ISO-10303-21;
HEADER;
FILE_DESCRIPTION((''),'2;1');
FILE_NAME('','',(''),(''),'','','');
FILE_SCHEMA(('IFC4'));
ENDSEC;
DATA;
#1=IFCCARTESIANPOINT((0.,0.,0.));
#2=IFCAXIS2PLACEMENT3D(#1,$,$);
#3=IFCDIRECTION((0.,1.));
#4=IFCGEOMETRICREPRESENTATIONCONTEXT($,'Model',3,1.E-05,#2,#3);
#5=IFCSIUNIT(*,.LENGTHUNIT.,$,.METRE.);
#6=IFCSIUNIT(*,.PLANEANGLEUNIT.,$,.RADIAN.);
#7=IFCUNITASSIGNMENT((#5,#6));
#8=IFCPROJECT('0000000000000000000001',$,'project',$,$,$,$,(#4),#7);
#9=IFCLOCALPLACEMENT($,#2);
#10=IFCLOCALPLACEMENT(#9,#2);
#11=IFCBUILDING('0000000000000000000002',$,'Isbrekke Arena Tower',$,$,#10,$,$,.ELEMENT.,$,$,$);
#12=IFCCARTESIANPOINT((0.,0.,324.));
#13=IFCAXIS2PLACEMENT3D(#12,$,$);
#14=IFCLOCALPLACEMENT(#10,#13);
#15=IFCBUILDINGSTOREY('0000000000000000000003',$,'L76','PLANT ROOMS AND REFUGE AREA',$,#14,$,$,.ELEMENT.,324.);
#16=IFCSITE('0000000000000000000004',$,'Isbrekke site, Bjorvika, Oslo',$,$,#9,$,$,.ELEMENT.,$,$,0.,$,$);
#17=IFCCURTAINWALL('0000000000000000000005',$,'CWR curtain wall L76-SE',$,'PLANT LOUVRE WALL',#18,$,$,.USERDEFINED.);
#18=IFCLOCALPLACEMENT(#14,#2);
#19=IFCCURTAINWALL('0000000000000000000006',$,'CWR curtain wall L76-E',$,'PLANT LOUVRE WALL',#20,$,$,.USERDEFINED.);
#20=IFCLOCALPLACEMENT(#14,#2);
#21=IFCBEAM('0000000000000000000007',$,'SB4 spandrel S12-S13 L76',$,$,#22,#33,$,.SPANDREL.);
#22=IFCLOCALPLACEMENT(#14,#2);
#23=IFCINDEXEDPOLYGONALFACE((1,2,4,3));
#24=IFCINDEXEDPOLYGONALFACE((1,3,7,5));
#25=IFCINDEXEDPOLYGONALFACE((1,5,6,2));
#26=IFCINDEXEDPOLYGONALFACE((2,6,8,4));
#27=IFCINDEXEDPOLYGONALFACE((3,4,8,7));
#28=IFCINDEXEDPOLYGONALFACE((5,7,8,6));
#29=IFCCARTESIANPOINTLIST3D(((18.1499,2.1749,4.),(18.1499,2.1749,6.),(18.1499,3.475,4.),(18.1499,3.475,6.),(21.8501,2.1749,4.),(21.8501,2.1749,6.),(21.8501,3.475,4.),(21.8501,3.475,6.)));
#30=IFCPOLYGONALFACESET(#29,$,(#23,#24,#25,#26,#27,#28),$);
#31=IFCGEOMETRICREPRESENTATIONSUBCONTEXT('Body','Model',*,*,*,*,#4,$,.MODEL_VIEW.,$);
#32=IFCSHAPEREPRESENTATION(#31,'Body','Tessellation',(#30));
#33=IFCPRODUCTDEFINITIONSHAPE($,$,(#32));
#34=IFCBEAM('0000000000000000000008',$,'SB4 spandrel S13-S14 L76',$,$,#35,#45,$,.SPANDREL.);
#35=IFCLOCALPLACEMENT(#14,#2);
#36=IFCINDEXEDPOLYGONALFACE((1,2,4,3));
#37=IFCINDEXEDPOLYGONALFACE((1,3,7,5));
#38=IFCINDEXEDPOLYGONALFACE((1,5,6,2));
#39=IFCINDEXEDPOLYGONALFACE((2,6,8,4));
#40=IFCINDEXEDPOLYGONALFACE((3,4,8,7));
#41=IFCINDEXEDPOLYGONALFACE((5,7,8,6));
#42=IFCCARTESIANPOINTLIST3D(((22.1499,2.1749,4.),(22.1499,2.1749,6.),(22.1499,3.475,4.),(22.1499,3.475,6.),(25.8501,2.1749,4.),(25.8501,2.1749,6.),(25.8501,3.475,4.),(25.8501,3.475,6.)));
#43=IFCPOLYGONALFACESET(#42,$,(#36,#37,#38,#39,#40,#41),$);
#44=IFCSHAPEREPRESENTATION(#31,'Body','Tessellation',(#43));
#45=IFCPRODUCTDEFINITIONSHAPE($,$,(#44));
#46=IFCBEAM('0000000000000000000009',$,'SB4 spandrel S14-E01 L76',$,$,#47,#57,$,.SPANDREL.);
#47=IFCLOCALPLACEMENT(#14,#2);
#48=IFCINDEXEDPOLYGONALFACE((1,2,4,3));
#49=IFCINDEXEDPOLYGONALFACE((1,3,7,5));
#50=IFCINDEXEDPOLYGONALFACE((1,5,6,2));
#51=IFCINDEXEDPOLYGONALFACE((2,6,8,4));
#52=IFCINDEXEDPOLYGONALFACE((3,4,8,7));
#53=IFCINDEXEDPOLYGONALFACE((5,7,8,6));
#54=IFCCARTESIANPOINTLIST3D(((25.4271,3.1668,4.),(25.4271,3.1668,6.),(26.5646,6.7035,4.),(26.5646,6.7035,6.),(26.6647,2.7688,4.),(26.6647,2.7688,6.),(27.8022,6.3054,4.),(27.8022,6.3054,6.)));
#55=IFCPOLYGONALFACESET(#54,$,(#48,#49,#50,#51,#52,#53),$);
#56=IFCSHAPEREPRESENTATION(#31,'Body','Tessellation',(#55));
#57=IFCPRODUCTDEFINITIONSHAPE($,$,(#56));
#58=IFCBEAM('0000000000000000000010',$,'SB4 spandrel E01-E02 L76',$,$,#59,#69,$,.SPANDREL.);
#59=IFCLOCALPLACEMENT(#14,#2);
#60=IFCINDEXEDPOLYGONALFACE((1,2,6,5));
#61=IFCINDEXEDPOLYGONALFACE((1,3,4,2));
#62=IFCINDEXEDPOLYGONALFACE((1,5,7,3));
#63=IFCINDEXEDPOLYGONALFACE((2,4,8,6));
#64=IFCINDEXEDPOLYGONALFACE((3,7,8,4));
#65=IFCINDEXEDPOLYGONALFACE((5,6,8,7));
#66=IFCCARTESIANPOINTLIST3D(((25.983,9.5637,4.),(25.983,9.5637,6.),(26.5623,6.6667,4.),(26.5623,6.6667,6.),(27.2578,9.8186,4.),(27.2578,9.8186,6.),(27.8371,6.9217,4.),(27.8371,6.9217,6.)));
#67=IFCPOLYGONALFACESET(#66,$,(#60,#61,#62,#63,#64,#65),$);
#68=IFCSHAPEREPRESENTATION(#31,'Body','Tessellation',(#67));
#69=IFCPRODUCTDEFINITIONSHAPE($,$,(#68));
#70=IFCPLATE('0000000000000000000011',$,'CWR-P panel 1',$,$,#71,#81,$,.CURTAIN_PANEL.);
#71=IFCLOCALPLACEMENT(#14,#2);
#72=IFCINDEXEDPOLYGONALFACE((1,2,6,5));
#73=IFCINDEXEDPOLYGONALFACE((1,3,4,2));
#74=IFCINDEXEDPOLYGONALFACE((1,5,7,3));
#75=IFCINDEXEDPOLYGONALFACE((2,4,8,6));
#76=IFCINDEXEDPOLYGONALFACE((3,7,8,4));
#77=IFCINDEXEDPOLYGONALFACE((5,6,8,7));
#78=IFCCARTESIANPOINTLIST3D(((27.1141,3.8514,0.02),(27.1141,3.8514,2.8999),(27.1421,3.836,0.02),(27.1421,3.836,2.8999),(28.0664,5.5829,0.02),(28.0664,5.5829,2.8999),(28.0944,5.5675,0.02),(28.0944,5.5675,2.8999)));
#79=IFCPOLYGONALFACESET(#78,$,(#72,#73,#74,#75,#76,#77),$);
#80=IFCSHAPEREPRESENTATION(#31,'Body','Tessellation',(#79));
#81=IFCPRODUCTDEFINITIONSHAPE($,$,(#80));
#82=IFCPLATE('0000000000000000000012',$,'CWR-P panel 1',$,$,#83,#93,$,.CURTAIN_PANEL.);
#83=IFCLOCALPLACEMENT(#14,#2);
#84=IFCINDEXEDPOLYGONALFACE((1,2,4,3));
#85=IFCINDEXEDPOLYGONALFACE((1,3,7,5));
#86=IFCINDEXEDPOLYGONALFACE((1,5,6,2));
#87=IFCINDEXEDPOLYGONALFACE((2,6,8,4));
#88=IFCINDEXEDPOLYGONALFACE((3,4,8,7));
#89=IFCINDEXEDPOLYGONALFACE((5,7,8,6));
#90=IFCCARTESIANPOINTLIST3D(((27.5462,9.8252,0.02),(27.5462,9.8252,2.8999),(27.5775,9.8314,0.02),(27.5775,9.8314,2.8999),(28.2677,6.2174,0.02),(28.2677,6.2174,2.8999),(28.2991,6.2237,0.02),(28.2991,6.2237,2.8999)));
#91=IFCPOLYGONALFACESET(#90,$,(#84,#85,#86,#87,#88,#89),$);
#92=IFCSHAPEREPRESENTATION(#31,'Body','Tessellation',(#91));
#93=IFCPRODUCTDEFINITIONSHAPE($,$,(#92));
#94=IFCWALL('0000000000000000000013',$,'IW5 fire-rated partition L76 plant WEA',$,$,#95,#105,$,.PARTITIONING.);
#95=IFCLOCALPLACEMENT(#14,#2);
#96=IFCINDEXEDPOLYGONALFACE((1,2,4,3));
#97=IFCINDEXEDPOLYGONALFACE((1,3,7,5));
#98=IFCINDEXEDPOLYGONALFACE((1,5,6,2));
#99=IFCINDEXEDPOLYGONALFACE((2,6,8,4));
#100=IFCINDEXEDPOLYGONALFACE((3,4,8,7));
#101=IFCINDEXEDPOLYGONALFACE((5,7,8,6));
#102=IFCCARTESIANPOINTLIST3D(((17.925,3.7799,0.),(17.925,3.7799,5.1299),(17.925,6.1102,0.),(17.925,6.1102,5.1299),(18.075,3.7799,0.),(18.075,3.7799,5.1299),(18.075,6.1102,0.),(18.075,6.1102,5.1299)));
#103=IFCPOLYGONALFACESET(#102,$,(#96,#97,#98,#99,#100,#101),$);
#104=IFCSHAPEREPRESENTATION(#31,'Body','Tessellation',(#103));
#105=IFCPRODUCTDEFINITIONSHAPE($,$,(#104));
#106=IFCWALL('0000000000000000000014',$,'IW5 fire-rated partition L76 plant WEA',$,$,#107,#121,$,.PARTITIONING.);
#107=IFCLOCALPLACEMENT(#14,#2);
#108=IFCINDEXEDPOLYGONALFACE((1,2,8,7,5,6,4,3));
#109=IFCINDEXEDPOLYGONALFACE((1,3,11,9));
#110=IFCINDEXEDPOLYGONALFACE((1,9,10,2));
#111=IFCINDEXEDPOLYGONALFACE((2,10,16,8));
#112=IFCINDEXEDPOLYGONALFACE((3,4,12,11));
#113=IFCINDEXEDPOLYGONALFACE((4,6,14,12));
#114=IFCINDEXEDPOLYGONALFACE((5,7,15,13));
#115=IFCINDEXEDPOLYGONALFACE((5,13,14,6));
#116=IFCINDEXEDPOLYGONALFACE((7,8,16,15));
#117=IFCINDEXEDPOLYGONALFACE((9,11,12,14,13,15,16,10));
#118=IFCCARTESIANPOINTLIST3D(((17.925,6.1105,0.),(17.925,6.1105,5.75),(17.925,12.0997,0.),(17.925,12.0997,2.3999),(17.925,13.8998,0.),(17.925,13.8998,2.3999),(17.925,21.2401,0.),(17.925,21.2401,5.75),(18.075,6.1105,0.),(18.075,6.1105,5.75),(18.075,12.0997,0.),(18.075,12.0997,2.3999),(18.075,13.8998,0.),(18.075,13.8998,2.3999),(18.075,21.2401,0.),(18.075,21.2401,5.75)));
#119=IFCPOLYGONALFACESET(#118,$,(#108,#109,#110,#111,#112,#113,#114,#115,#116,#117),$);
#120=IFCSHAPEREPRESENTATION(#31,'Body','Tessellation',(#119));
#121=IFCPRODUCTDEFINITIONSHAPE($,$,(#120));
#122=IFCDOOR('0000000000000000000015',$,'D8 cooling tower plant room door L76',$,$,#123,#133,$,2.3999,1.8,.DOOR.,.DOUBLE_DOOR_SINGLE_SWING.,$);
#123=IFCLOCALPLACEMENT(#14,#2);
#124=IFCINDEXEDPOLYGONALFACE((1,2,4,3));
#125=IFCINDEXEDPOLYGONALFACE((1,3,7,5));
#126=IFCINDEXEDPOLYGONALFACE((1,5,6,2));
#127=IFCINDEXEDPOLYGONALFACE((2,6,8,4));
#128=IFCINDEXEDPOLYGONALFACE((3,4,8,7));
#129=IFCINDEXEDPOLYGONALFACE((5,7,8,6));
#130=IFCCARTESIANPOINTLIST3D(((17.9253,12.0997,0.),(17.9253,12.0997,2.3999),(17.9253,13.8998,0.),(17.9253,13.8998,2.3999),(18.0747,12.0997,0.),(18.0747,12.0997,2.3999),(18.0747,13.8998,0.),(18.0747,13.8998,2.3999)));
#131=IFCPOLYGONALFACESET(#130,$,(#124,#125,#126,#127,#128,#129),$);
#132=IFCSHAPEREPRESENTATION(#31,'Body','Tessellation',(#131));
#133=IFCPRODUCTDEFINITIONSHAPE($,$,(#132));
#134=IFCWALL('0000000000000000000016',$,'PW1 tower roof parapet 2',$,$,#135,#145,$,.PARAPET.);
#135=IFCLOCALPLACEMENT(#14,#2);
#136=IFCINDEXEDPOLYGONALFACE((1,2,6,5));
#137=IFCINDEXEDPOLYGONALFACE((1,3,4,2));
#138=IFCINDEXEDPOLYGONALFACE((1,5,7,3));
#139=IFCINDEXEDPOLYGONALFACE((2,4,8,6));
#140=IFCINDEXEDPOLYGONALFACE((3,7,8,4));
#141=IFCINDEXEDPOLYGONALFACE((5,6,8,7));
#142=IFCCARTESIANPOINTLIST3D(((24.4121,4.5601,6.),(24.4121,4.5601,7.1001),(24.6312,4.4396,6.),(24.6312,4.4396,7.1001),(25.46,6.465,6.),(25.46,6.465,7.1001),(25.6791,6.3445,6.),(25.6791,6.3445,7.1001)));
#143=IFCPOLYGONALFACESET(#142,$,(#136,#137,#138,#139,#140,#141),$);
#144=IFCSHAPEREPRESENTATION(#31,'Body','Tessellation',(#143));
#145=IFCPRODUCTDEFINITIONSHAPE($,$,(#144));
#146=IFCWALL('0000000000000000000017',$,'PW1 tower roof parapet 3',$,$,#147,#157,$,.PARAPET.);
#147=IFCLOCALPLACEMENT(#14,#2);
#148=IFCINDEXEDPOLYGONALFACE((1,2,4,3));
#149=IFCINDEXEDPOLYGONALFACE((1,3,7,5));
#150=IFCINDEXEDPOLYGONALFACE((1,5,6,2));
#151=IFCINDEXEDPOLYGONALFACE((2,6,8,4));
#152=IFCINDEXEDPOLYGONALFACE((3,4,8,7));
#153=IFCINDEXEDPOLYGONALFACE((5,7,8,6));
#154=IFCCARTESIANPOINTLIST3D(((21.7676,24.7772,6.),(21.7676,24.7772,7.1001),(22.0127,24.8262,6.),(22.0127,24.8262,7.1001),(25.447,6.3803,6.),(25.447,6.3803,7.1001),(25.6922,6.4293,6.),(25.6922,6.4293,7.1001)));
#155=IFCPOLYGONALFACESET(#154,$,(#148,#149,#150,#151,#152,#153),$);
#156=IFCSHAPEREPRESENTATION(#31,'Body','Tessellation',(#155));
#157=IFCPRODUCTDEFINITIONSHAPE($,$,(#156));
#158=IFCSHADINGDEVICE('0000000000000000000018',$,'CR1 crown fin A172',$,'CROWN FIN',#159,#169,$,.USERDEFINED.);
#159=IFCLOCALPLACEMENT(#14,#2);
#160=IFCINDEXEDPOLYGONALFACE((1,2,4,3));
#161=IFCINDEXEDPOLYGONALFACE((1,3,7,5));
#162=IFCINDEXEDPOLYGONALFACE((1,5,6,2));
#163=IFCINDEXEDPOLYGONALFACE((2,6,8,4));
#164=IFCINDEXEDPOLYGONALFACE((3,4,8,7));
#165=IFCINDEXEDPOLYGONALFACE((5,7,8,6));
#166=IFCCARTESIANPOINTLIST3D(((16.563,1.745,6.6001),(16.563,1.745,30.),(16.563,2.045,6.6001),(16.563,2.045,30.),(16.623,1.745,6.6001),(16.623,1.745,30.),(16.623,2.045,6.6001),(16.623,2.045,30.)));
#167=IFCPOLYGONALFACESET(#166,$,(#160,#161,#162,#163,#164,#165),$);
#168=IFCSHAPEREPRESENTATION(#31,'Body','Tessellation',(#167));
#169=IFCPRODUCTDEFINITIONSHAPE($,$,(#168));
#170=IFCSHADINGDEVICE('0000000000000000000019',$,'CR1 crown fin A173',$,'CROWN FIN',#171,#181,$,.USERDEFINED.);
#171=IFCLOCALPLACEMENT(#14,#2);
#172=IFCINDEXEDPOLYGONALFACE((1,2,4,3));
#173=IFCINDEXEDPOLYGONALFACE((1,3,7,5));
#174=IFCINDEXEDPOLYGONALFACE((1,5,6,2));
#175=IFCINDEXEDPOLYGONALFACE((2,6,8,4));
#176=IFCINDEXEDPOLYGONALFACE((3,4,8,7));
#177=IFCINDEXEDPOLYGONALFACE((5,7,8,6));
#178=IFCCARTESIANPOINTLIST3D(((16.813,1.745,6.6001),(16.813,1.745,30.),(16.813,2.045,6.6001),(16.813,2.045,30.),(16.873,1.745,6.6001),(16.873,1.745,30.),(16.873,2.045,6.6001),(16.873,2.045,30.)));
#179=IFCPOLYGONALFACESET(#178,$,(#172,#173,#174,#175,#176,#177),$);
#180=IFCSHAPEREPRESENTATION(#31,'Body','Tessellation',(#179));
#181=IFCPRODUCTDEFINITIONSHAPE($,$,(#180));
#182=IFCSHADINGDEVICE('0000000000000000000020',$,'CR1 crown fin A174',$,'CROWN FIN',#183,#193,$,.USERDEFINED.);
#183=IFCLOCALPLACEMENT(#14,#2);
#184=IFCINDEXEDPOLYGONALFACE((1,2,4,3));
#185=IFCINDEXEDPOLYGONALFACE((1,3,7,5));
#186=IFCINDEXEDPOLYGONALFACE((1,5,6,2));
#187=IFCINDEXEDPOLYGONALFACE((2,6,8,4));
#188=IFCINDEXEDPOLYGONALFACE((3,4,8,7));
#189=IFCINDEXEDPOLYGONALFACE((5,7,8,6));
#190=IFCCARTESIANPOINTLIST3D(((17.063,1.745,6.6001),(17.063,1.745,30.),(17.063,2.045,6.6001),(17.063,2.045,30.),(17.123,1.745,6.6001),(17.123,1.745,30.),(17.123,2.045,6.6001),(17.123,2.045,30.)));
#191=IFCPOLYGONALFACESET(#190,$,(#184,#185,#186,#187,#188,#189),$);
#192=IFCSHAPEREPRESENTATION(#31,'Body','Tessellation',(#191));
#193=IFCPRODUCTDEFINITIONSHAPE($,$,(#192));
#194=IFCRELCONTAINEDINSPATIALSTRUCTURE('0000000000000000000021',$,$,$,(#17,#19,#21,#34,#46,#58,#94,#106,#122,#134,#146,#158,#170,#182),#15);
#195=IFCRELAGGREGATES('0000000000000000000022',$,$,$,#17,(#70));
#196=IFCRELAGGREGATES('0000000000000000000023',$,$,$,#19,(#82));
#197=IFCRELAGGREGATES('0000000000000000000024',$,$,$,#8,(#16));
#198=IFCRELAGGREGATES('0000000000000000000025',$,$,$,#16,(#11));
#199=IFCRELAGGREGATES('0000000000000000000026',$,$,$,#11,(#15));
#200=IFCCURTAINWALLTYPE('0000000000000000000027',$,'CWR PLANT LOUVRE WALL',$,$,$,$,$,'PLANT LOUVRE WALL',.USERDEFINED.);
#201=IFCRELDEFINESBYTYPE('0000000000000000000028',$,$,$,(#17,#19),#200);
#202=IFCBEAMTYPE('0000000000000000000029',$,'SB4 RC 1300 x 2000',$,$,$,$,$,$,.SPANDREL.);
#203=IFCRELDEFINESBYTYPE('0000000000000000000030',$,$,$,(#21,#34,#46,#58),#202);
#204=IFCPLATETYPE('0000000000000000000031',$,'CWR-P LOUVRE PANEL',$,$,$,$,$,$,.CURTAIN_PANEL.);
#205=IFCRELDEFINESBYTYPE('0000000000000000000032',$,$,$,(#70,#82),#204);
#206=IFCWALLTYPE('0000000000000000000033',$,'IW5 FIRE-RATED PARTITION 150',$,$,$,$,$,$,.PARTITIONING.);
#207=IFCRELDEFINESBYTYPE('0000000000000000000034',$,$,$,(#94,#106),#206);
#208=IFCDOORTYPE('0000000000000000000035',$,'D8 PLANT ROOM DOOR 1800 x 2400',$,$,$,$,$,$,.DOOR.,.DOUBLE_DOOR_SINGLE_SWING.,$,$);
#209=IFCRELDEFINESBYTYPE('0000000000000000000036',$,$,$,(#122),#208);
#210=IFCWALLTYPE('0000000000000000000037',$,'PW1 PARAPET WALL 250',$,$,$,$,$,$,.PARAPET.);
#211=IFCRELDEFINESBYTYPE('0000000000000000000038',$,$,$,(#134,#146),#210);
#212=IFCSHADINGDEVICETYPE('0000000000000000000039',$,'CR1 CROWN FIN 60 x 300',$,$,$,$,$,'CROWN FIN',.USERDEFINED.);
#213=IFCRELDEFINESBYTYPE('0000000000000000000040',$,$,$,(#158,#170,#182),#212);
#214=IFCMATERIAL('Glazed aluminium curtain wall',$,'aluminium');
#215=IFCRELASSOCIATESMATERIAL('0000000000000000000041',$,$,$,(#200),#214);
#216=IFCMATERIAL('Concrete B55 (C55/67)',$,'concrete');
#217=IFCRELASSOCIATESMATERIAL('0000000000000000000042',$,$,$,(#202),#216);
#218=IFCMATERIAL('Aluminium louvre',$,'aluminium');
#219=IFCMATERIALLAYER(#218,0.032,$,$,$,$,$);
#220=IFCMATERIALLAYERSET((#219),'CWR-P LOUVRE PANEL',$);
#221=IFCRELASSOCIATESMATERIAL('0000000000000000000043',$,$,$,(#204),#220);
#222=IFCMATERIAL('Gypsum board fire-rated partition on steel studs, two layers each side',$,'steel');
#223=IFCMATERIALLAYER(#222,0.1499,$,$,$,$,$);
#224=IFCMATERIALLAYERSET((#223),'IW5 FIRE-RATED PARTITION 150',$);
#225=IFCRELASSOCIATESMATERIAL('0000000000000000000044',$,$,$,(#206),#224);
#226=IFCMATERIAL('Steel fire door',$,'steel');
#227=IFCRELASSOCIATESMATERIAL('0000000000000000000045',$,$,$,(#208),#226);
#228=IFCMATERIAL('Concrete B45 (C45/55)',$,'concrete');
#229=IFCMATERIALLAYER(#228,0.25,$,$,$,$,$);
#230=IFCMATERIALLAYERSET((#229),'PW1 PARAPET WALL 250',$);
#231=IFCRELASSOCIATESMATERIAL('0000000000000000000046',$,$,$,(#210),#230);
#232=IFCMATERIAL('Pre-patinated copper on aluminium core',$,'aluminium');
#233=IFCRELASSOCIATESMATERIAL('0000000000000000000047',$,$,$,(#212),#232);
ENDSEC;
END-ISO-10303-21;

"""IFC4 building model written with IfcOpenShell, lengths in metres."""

from ifc_helpers import new_model, si_unit, direction, frame, frame_2d, origin, origin_2d, place, context, subcontext, project, spatial, rectangle, extrude, material, layer, layer_set, material_profile, profile_set, type_object, element, fill, aggregate, save


model = new_model("IFC4")

# Units and contexts
model_context = context("Model", 3, precision=1e-05, world=origin(), true_north=direction((0.0, 1.0)))
body_context = subcontext(model_context, "Body", "Model", "MODEL_VIEW")
ifc_project = project(units=[si_unit("LENGTHUNIT", "METRE"), si_unit("PLANEANGLEUNIT", "RADIAN")], contexts=[model_context])

# Site, building, storey
site_placement = place(None, origin())
site = spatial("IfcSite", under=ifc_project, at=site_placement, Name="Isbrekke site, Bjorvika, Oslo", CompositionType="ELEMENT", RefElevation=0.0)
building_placement = place(site_placement, origin())
building = spatial("IfcBuilding", under=site, at=building_placement, Name="Isbrekke Arena Tower", CompositionType="ELEMENT")
storey_placement = place(building_placement, frame((0.0, 0.0, 324.0)))
storey = spatial("IfcBuildingStorey", under=building, at=storey_placement, Name="L76", Description="PLANT ROOMS AND REFUGE AREA", CompositionType="ELEMENT", Elevation=324.0)

# Curtain wall
ifc_material_1 = material(Name="Glazed aluminium curtain wall", Category="aluminium")
curtain_wall_type = type_object("IfcCurtainWallType", Name="CWR PLANT LOUVRE WALL", ElementType="PLANT LOUVRE WALL", PredefinedType="USERDEFINED", material=ifc_material_1)
curtain_wall_1_placement = place(storey_placement, origin())
curtain_wall_1 = element("IfcCurtainWall", 1, at=curtain_wall_1_placement, inside=storey, type_object=curtain_wall_type, Name="CWR curtain wall L76-SE", ObjectType="PLANT LOUVRE WALL", PredefinedType="USERDEFINED")

# Curtain wall
curtain_wall_2_placement = place(storey_placement, origin())
curtain_wall_2 = element("IfcCurtainWall", 2, at=curtain_wall_2_placement, inside=storey, type_object=curtain_wall_type, Name="CWR curtain wall L76-E", ObjectType="PLANT LOUVRE WALL", PredefinedType="USERDEFINED")

# Beams
ifc_material_2 = material(Name="Concrete B55 (C55/67)", Category="concrete")
ifc_material_profile_1 = material_profile(ifc_material_2, rectangle(XDim=1.3, YDim=2.0, at=origin_2d()), Name="RC 1300x2000")
ifc_profile_set_1 = profile_set([ifc_material_profile_1], Name="Concrete B55 (C55/67)")
beam_type_1 = type_object("IfcBeamType", Name="SB4 RC 1300 x 2000", PredefinedType="SPANDREL", material=ifc_profile_set_1)
for number, where, z_axis, x_axis, name in (
    (3, (18.1499, 2.825, 5.0), (1.0, 0.0, 0.0), (0.0, 1.0, 0.0), "SB4 spandrel S12-S13 L76"),
    (4, (22.1499, 2.825, 5.0), (1.0, 0.0, 0.0), (0.0, 1.0, 0.0), "SB4 spandrel S13-S14 L76"),
):
    element("IfcBeam", number, at=place(storey_placement, frame(where, z_axis=z_axis, x_axis=x_axis)), inside=storey, type_object=beam_type_1, Name=name, PredefinedType="SPANDREL", context=body_context, shape_type="SweptSolid", body=[
        extrude(rectangle(XDim=1.3, YDim=2.0, at=origin_2d()), origin(), (0.0, 0.0, 1.0), 3.7002),
    ])
beam_1_placement = place(storey_placement, frame((26.0459, 2.9678, 5.0), z_axis=(0.306175, 0.951975, 0.0), x_axis=(-0.951975, 0.306175, 0.0)))
element("IfcBeam", 5, at=beam_1_placement, inside=storey, type_object=beam_type_1, Name="SB4 spandrel S14-E01 L76", PredefinedType="SPANDREL", context=body_context, shape_type="SweptSolid", body=[
    extrude(rectangle(XDim=1.3, YDim=2.0, at=origin_2d()), origin(), (0.0, 0.0, 1.0), 3.7151),
])
beam_2_placement = place(storey_placement, frame((27.1997, 6.7942, 5.0), z_axis=(-0.1961, 0.980584, 0.0), x_axis=(-0.980584, -0.1961, 0.0)))
element("IfcBeam", 6, at=beam_2_placement, inside=storey, type_object=beam_type_1, Name="SB4 spandrel E01-E02 L76", PredefinedType="SPANDREL", context=body_context, shape_type="SweptSolid", body=[
    extrude(rectangle(XDim=1.3, YDim=2.0, at=origin_2d()), origin(), (0.0, 0.0, 1.0), 2.9543),
])

# Plates
ifc_material_3 = material(Name="Aluminium louvre", Category="aluminium")
ifc_layer_1 = layer(ifc_material_3, 0.032)
ifc_layer_set_1 = layer_set([ifc_layer_1], Name="CWR-P LOUVRE PANEL")
plate_type = type_object("IfcPlateType", Name="CWR-P LOUVRE PANEL", PredefinedType="CURTAIN_PANEL", material=ifc_layer_set_1)
plate_1_placement = place(storey_placement, frame((27.6042, 4.7095, 0.02), z_axis=(0.0, 0.0, 1.0), x_axis=(0.481919, 0.876216, 0.0)))
plate_1 = element("IfcPlate", 7, at=plate_1_placement, type_object=plate_type, Name="CWR-P panel 1", PredefinedType="CURTAIN_PANEL", context=body_context, shape_type="SweptSolid", body=[
    extrude(rectangle(XDim=1.9761, YDim=0.032, at=origin_2d()), origin(), (0.0, 0.0, 1.0), 2.8799),
])
aggregate(curtain_wall_1, [plate_1])
plate_2_placement = place(storey_placement, frame((27.9226, 8.0244, 0.02), z_axis=(0.0, 0.0, 1.0), x_axis=(-0.196116, 0.980581, 0.0)))
plate_2 = element("IfcPlate", 8, at=plate_2_placement, type_object=plate_type, Name="CWR-P panel 1", PredefinedType="CURTAIN_PANEL", context=body_context, shape_type="SweptSolid", body=[
    extrude(rectangle(XDim=3.6792, YDim=0.032, at=origin_2d()), origin(), (0.0, 0.0, 1.0), 2.8799),
])
aggregate(curtain_wall_2, [plate_2])

# Wall
ifc_material_4 = material(Name="Gypsum board fire-rated partition on steel studs, two layers each side", Category="steel")
ifc_layer_2 = layer(ifc_material_4, 0.1499)
ifc_layer_set_2 = layer_set([ifc_layer_2], Name="IW5 FIRE-RATED PARTITION 150")
wall_type_1 = type_object("IfcWallType", Name="IW5 FIRE-RATED PARTITION 150", PredefinedType="PARTITIONING", material=ifc_layer_set_2)
wall_1_placement = place(storey_placement, frame((18.0, 3.78, 0.0), z_axis=(0.0, 0.0, 1.0), x_axis=(0.0, 1.0, 0.0)))
element("IfcWall", 9, at=wall_1_placement, inside=storey, type_object=wall_type_1, Name="IW5 fire-rated partition L76 plant WEA", PredefinedType="PARTITIONING", context=body_context, shape_type="SweptSolid", body=[
    extrude(rectangle(XDim=2.3303, YDim=0.1499, at=frame_2d((1.165, 0.0))), origin(), (0.0, 0.0, 1.0), 5.1299),
])

# Wall, opening, door
wall_2_placement = place(storey_placement, frame((18.0, 6.1104, 0.0), z_axis=(0.0, 0.0, 1.0), x_axis=(0.0, 1.0, 0.0)))
wall_2 = element("IfcWall", 10, at=wall_2_placement, inside=storey, type_object=wall_type_1, Name="IW5 fire-rated partition L76 plant WEA", PredefinedType="PARTITIONING", context=body_context, shape_type="SweptSolid", body=[
    extrude(rectangle(XDim=15.1296, YDim=0.1499, at=frame_2d((7.5649, 0.0))), origin(), (0.0, 0.0, 1.0), 5.75),
])
opening_placement = place(wall_2_placement, frame((5.9895, 0.0, 0.0)))
opening = element("IfcOpeningElement", 11, at=opening_placement, cuts=wall_2, PredefinedType="OPENING", context=body_context, shape_type="SweptSolid", body=[
    extrude(rectangle(XDim=1.8, YDim=2.3999, at=frame_2d((0.8999, 1.2))), frame((0.0, 0.0898, 0.0), z_axis=(0.0, -1.0, 0.0), x_axis=(1.0, 0.0, 0.0)), (0.0, 0.0, 1.0), 0.1797),
])
ifc_material_5 = material(Name="Steel fire door", Category="steel")
door_type = type_object("IfcDoorType", Name="D8 PLANT ROOM DOOR 1800 x 2400", OperationType="DOUBLE_DOOR_SINGLE_SWING", PredefinedType="DOOR", material=ifc_material_5)
door_placement = place(opening_placement, origin())
door = element("IfcDoor", 12, at=door_placement, inside=storey, type_object=door_type, Name="D8 cooling tower plant room door L76", OperationType="DOUBLE_DOOR_SINGLE_SWING", OverallHeight=2.3999, OverallWidth=1.8, PredefinedType="DOOR", context=body_context, shape_type="SweptSolid", body=[
    extrude(rectangle(XDim=1.8, YDim=2.3999, at=frame_2d((0.8999, 1.2))), frame((0.0, 0.0747, 0.0), z_axis=(0.0, -1.0, 0.0), x_axis=(1.0, 0.0, 0.0)), (0.0, 0.0, 1.0), 0.1494),
])
fill(opening, door)

# Walls
ifc_material_6 = material(Name="Concrete B45 (C45/55)", Category="concrete")
ifc_layer_3 = layer(ifc_material_6, 0.25)
ifc_layer_set_3 = layer_set([ifc_layer_3], Name="PW1 PARAPET WALL 250")
wall_type_2 = type_object("IfcWallType", Name="PW1 PARAPET WALL 250", PredefinedType="PARAPET", material=ifc_layer_set_3)
wall_3_placement = place(storey_placement, frame((24.5217, 4.5, 6.0), z_axis=(0.0, 0.0, 1.0), x_axis=(0.481996, 0.876173, 0.0)))
element("IfcWall", 13, at=wall_3_placement, inside=storey, type_object=wall_type_2, Name="PW1 tower roof parapet 2", PredefinedType="PARAPET", context=body_context, shape_type="SweptSolid", body=[
    extrude(rectangle(XDim=2.1741, YDim=0.25, at=frame_2d((1.0869, 0.0))), origin(), (0.0, 0.0, 1.0), 1.1001),
])
wall_4_placement = place(storey_placement, frame((25.5696, 6.4048, 6.0), z_axis=(0.0, 0.0, 1.0), x_axis=(-0.196119, 0.98058, 0.0)))
element("IfcWall", 14, at=wall_4_placement, inside=storey, type_object=wall_type_2, Name="PW1 tower roof parapet 3", PredefinedType="PARAPET", context=body_context, shape_type="SweptSolid", body=[
    extrude(rectangle(XDim=18.7612, YDim=0.25, at=frame_2d((9.3806, 0.0))), origin(), (0.0, 0.0, 1.0), 1.1001),
])

# Shading devices
ifc_material_7 = material(Name="Pre-patinated copper on aluminium core", Category="aluminium")
ifc_material_profile_2 = material_profile(ifc_material_7, rectangle(XDim=0.0601, YDim=0.3, at=origin_2d()), Name="FIN 60X300")
ifc_profile_set_2 = profile_set([ifc_material_profile_2], Name="Pre-patinated copper on aluminium core")
shading_device_type = type_object("IfcShadingDeviceType", Name="CR1 CROWN FIN 60 x 300", ElementType="CROWN FIN", PredefinedType="USERDEFINED", material=ifc_profile_set_2)
for number, where, z_axis, x_axis, name in (
    (15, (16.593, 1.895, 6.6001), (0.0, 0.0, 1.0), (1.0, 0.0, 0.0), "CR1 crown fin A172"),
    (16, (16.843, 1.895, 6.6001), (0.0, 0.0, 1.0), (1.0, 0.0, 0.0), "CR1 crown fin A173"),
    (17, (17.093, 1.895, 6.6001), (0.0, 0.0, 1.0), (1.0, 0.0, 0.0), "CR1 crown fin A174"),
):
    element("IfcShadingDevice", number, at=place(storey_placement, frame(where, z_axis=z_axis, x_axis=x_axis)), inside=storey, type_object=shading_device_type, Name=name, ObjectType="CROWN FIN", PredefinedType="USERDEFINED", context=body_context, shape_type="SweptSolid", body=[
        extrude(rectangle(XDim=0.0601, YDim=0.3, at=origin_2d()), origin(), (0.0, 0.0, 1.0), 23.3999),
    ])

save(model, "model.ifc")
